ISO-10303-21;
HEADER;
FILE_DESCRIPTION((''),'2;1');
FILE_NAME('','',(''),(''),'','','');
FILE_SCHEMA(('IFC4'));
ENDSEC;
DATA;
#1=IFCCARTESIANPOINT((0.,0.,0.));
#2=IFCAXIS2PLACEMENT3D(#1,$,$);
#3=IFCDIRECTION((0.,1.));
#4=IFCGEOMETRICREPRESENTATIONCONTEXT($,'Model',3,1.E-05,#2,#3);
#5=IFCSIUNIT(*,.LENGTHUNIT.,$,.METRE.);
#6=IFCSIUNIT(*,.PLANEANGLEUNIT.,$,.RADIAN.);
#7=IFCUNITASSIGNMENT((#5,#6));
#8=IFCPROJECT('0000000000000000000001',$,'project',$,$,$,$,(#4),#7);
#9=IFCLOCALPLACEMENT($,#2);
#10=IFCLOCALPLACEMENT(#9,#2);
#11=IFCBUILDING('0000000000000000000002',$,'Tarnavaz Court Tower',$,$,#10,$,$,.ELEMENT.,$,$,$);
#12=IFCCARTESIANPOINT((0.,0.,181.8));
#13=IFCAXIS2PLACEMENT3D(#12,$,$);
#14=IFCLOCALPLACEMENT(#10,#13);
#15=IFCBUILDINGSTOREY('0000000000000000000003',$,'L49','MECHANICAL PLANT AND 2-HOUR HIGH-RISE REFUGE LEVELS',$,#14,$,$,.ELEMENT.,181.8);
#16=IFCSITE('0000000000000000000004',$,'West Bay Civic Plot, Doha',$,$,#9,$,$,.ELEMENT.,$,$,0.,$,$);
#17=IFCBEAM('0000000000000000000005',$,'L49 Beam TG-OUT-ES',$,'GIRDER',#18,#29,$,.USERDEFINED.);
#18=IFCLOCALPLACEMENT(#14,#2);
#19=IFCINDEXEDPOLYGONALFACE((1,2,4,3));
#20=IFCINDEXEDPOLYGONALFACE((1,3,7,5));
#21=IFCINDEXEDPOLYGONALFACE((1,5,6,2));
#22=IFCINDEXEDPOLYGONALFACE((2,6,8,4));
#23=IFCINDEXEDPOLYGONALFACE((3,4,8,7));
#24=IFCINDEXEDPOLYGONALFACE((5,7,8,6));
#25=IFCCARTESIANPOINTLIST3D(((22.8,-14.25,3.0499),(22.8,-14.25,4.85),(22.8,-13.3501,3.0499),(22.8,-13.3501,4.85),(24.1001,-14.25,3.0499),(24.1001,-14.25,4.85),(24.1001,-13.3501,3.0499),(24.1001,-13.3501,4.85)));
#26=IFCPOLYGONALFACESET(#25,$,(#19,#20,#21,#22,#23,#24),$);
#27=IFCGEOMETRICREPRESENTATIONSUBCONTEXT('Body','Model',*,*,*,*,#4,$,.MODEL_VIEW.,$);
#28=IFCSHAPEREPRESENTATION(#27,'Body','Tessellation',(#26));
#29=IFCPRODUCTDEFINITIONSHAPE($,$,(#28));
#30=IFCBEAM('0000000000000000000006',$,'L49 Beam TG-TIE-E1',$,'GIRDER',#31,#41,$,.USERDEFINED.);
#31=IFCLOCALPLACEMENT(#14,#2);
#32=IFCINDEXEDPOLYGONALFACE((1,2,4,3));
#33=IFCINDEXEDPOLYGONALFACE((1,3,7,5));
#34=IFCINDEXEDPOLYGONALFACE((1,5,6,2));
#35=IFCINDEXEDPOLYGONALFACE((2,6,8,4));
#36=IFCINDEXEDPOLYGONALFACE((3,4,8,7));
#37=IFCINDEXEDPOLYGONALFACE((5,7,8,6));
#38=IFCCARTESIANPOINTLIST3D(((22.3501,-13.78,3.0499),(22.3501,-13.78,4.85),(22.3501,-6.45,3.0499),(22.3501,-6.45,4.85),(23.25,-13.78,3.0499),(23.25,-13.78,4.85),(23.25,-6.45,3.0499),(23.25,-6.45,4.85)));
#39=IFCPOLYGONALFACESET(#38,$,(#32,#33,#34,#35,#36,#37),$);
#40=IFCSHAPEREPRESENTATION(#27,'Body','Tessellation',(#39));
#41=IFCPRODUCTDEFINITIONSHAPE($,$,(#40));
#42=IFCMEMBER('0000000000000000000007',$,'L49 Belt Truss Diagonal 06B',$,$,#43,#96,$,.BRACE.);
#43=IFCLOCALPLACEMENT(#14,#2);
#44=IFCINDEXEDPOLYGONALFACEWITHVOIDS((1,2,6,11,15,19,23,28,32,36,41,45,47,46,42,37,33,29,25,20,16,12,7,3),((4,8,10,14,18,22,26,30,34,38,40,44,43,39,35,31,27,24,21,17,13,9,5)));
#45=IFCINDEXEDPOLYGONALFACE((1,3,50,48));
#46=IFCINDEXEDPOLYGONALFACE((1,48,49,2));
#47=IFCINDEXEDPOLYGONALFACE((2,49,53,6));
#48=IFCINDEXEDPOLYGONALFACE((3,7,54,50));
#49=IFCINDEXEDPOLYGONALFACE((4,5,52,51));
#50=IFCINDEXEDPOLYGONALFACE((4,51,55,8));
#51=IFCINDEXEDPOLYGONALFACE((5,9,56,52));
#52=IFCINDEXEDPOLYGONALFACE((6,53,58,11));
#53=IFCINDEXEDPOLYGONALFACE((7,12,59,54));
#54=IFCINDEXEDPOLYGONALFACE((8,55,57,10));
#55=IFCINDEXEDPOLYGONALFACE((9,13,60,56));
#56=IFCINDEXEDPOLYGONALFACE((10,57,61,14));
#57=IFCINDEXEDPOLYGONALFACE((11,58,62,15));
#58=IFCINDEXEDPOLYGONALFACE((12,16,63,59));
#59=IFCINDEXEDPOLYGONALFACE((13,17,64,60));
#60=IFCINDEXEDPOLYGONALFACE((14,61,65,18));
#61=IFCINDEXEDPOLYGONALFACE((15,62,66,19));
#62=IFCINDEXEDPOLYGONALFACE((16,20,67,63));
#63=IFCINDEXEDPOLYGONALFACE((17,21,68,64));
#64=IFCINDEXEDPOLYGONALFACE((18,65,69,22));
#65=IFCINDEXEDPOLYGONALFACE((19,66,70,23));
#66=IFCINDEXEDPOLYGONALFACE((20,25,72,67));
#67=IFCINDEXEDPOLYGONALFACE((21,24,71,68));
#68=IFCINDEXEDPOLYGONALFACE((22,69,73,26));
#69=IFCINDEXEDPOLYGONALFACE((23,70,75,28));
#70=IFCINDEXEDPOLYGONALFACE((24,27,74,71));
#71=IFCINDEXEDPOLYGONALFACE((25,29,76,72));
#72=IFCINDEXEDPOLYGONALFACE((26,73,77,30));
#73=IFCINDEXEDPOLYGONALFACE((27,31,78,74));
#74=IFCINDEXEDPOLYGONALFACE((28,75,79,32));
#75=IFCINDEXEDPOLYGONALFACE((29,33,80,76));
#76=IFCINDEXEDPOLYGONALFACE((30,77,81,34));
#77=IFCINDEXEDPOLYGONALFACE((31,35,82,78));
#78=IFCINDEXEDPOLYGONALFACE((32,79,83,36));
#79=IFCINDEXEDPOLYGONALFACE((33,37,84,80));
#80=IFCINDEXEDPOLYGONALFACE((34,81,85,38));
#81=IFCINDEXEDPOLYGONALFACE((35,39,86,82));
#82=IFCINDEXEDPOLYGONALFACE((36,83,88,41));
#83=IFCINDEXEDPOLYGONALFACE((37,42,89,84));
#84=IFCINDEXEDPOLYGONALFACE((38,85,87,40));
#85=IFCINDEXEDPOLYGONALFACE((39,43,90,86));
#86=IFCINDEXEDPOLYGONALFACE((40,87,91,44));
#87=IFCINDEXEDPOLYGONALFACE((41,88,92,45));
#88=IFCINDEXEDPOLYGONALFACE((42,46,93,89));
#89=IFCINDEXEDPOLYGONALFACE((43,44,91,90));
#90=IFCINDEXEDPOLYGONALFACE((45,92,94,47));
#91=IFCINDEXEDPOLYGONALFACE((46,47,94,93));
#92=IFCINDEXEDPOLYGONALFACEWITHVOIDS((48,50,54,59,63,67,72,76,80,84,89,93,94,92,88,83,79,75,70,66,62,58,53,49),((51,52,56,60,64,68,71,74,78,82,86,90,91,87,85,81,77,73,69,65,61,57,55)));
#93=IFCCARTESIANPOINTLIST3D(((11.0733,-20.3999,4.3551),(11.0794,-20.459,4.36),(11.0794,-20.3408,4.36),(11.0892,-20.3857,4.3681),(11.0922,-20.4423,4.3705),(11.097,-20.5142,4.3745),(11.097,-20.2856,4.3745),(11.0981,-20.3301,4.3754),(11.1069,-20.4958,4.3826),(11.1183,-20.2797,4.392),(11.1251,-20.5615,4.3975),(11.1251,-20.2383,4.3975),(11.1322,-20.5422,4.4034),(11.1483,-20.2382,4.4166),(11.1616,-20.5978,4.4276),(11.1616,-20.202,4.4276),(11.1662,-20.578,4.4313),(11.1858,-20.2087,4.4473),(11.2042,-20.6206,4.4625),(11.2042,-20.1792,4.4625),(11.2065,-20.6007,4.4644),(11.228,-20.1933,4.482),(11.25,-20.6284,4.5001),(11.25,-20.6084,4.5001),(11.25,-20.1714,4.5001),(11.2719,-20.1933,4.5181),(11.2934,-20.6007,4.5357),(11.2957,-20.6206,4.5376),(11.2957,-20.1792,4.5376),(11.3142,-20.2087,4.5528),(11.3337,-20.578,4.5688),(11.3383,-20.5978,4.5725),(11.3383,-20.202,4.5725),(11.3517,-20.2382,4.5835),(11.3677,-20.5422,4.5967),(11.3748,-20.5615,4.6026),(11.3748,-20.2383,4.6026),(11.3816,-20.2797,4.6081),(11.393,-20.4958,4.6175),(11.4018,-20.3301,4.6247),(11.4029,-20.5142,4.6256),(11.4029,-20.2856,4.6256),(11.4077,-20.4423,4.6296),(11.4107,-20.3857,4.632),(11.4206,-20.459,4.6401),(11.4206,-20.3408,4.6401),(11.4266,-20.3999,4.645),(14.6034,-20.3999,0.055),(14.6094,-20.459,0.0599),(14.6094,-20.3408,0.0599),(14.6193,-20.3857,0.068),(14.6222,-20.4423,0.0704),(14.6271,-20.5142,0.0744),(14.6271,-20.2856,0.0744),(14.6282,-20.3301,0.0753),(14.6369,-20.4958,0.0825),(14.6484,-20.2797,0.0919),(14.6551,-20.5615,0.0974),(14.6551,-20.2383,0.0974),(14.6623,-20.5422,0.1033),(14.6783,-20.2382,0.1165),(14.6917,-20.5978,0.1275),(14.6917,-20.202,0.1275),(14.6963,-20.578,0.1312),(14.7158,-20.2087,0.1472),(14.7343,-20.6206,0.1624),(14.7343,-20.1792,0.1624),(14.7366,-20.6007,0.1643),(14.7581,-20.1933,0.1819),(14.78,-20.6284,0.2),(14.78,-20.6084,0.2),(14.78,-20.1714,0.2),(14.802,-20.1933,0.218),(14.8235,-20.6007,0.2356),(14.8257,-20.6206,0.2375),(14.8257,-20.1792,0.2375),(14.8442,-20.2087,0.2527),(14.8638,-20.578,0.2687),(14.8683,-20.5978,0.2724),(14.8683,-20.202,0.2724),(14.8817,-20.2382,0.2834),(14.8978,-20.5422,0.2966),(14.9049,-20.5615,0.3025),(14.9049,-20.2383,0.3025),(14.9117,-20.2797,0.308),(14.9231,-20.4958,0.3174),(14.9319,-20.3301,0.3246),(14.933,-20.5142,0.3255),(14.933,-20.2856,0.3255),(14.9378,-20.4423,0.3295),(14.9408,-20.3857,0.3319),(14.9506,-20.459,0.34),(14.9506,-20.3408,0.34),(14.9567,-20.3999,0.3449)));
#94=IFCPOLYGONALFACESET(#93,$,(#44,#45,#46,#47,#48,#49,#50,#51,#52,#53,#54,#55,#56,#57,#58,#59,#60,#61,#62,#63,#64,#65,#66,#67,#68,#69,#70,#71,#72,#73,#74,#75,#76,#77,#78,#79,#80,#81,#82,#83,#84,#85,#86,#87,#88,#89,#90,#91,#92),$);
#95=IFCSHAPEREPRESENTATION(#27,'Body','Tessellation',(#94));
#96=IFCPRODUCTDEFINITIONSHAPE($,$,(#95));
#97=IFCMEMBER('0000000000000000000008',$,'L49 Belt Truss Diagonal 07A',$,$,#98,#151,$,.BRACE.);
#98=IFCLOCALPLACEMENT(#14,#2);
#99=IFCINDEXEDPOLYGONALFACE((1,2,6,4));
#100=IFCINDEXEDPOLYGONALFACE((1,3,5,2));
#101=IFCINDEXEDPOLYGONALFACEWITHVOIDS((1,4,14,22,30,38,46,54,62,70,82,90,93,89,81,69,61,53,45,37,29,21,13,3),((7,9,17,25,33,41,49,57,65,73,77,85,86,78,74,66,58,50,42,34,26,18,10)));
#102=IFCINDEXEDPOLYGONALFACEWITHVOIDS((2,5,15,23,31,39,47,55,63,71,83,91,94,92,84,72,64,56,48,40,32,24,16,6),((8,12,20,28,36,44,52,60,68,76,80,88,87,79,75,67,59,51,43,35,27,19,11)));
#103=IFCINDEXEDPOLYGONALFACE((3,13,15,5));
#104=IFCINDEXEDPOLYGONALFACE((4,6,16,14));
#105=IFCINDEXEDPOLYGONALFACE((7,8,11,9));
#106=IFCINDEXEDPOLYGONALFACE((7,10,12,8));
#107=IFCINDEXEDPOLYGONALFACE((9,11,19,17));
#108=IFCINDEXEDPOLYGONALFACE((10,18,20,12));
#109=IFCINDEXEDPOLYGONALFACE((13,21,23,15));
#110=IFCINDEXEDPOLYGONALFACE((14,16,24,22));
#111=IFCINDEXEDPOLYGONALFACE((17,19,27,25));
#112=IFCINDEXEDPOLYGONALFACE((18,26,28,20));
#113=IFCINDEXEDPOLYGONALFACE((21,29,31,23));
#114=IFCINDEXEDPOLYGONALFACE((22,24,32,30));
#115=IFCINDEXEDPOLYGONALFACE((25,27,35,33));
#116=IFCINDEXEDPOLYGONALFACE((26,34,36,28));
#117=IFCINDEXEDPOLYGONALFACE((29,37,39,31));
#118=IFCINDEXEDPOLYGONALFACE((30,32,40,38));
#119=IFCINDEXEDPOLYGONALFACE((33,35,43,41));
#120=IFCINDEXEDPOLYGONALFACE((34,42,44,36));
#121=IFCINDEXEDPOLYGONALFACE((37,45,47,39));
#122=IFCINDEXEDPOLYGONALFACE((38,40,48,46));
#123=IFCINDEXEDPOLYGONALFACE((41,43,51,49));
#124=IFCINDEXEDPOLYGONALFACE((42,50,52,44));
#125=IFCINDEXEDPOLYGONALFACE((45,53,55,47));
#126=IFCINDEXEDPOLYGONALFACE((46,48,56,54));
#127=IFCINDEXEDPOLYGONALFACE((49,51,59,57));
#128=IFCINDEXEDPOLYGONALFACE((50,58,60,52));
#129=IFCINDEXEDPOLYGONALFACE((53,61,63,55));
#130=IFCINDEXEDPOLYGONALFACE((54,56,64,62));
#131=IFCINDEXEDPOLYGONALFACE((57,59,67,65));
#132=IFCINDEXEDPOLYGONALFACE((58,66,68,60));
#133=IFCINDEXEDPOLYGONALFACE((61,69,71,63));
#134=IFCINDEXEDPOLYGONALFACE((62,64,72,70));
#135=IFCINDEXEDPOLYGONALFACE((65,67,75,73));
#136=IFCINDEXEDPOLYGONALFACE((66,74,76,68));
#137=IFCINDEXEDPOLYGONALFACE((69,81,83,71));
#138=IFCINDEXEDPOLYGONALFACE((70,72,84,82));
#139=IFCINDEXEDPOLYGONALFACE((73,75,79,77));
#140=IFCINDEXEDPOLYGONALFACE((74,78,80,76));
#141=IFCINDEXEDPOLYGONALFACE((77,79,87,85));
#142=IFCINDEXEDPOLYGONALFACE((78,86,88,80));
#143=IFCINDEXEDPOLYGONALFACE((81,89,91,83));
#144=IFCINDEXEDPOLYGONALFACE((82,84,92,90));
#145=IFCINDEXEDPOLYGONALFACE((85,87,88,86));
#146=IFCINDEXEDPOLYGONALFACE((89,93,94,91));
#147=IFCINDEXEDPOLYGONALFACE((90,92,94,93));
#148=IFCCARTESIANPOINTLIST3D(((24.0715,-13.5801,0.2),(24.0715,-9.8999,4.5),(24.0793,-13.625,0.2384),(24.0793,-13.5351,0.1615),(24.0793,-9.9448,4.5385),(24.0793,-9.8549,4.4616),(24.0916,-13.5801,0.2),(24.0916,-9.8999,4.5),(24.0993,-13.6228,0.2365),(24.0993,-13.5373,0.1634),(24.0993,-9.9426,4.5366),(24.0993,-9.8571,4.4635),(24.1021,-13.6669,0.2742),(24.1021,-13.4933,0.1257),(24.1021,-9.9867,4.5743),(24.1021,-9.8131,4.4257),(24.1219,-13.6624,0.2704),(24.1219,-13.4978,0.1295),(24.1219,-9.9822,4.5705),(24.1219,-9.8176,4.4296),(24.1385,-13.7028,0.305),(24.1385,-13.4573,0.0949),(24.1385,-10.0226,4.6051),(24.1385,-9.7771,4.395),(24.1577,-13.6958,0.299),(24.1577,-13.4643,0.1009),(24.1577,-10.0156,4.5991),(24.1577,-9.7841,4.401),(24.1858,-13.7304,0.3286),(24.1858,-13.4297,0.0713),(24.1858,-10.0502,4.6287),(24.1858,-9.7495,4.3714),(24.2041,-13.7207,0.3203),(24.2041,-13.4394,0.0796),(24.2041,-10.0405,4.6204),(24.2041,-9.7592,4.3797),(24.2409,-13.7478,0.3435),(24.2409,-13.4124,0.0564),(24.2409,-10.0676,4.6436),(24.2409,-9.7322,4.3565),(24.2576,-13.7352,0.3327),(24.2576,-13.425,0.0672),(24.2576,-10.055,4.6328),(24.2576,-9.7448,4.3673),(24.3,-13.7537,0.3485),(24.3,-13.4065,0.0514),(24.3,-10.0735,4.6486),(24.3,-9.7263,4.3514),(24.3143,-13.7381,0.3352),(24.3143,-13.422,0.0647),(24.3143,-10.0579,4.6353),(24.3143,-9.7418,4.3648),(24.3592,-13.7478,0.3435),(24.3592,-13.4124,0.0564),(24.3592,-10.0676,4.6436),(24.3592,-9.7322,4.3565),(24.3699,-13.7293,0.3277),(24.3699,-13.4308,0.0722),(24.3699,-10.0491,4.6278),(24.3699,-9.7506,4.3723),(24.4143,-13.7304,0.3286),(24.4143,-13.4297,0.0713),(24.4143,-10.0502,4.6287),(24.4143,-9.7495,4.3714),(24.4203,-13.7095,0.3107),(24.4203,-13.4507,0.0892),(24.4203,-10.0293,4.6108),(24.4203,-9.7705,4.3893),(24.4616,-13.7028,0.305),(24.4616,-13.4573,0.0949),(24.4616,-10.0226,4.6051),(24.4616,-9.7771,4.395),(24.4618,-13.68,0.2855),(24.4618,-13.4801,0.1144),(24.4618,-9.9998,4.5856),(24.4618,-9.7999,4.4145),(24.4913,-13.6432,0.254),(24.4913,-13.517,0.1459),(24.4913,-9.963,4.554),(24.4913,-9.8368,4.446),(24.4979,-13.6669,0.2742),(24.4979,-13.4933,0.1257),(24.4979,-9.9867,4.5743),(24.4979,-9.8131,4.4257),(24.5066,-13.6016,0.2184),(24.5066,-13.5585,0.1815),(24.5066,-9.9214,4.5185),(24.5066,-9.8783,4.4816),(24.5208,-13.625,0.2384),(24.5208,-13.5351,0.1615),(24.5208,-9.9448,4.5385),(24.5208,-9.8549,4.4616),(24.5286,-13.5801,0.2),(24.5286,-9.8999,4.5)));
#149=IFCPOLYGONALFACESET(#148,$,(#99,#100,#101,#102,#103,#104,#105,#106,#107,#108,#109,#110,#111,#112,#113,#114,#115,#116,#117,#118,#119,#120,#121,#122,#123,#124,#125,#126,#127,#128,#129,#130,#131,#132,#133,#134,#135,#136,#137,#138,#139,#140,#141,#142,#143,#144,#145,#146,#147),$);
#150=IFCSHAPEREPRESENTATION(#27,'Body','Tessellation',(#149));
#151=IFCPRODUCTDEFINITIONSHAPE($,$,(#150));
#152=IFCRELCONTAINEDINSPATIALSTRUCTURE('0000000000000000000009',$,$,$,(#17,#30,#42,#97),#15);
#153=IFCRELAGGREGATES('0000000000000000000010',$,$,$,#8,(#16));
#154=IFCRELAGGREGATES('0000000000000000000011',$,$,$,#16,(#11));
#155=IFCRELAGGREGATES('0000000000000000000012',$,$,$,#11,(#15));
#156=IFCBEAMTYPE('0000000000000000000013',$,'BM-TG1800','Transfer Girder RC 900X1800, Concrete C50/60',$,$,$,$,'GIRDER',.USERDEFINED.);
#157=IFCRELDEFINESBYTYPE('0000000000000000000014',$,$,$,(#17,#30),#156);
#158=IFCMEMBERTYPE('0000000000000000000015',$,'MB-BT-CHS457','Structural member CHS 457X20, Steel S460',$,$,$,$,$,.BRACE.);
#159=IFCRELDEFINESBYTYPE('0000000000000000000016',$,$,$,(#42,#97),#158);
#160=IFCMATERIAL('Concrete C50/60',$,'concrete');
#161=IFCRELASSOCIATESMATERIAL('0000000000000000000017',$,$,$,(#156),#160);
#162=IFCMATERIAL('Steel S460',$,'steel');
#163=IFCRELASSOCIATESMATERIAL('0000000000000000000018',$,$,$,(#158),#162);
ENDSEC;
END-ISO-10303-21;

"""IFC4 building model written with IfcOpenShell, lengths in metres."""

from ifc_helpers import new_model, si_unit, direction, frame, origin, origin_2d, place, context, subcontext, project, spatial, rectangle, hollow_circle, extrude, material, material_profile, profile_set, type_object, element, save


model = new_model("IFC4")

# Units and contexts
model_context = context("Model", 3, precision=1e-05, world=origin(), true_north=direction((0.0, 1.0)))
body_context = subcontext(model_context, "Body", "Model", "MODEL_VIEW")
ifc_project = project(units=[si_unit("LENGTHUNIT", "METRE"), si_unit("PLANEANGLEUNIT", "RADIAN")], contexts=[model_context])

# Site, building, storey
site_placement = place(None, origin())
site = spatial("IfcSite", under=ifc_project, at=site_placement, Name="West Bay Civic Plot, Doha", CompositionType="ELEMENT", RefElevation=0.0)
building_placement = place(site_placement, origin())
building = spatial("IfcBuilding", under=site, at=building_placement, Name="Tarnavaz Court Tower", CompositionType="ELEMENT")
storey_placement = place(building_placement, frame((0.0, 0.0, 181.8)))
storey = spatial("IfcBuildingStorey", under=building, at=storey_placement, Name="L49", Description="MECHANICAL PLANT AND 2-HOUR HIGH-RISE REFUGE LEVELS", CompositionType="ELEMENT", Elevation=181.8)

# Shared definitions
ifc_material_1 = material(Name="Steel S460", Category="steel")

# Beams
ifc_material_2 = material(Name="Concrete C50/60", Category="concrete")
ifc_material_profile_1 = material_profile(ifc_material_2, rectangle(XDim=0.8999, YDim=1.8, at=origin_2d()), Name="RC 900X1800")
ifc_profile_set_1 = profile_set([ifc_material_profile_1], Name="Concrete C50/60")
beam_type_1 = type_object("IfcBeamType", Name="BM-TG1800", Description="Transfer Girder RC 900X1800, Concrete C50/60", ElementType="GIRDER", PredefinedType="USERDEFINED", material=ifc_profile_set_1)
beam_1_placement = place(storey_placement, frame((22.8, -13.8, 3.95), z_axis=(1.0, 0.0, 0.0), x_axis=(0.0, 1.0, 0.0)))
element("IfcBeam", 1, at=beam_1_placement, inside=storey, type_object=beam_type_1, Name="L49 Beam TG-OUT-ES", ObjectType="GIRDER", PredefinedType="USERDEFINED", context=body_context, shape_type="SweptSolid", body=[
    extrude(rectangle(XDim=0.8999, YDim=1.8, at=origin_2d()), origin(), (0.0, 0.0, 1.0), 1.3),
])
beam_2_placement = place(storey_placement, frame((22.8, -13.78, 3.95), z_axis=(0.0, 1.0, 0.0), x_axis=(-1.0, 0.0, 0.0)))
element("IfcBeam", 2, at=beam_2_placement, inside=storey, type_object=beam_type_1, Name="L49 Beam TG-TIE-E1", ObjectType="GIRDER", PredefinedType="USERDEFINED", context=body_context, shape_type="SweptSolid", body=[
    extrude(rectangle(XDim=0.8999, YDim=1.8, at=origin_2d()), origin(), (0.0, 0.0, 1.0), 7.3301),
])

# Members
ifc_material_profile_2 = material_profile(ifc_material_1, hollow_circle(Radius=0.2285, WallThickness=0.02, at=origin_2d()), Name="CHS 457X20")
ifc_profile_set_2 = profile_set([ifc_material_profile_2], Name="Steel S460")
member_type_1 = type_object("IfcMemberType", Name="MB-BT-CHS457", Description="Structural member CHS 457X20, Steel S460", PredefinedType="BRACE", material=ifc_profile_set_2)
member_1_placement = place(storey_placement, frame((14.78, -20.3999, 0.2), z_axis=(-0.634508, 0.0, 0.772916), x_axis=(0.0, -1.0, 0.0)))
element("IfcMember", 3, at=member_1_placement, inside=storey, type_object=member_type_1, Name="L49 Belt Truss Diagonal 06B", PredefinedType="BRACE", context=body_context, shape_type="SweptSolid", body=[
    extrude(hollow_circle(Radius=0.2285, WallThickness=0.02, at=origin_2d()), origin(), (0.0, 0.0, 1.0), 5.5635),
])
member_2_placement = place(storey_placement, frame((24.3, -13.5801, 0.2), z_axis=(0.0, 0.650223, 0.759744), x_axis=(-1.0, 0.0, 0.0)))
element("IfcMember", 4, at=member_2_placement, inside=storey, type_object=member_type_1, Name="L49 Belt Truss Diagonal 07A", PredefinedType="BRACE", context=body_context, shape_type="SweptSolid", body=[
    extrude(hollow_circle(Radius=0.2285, WallThickness=0.02, at=origin_2d()), origin(), (0.0, 0.0, 1.0), 5.6599),
])

save(model, "model.ifc")
